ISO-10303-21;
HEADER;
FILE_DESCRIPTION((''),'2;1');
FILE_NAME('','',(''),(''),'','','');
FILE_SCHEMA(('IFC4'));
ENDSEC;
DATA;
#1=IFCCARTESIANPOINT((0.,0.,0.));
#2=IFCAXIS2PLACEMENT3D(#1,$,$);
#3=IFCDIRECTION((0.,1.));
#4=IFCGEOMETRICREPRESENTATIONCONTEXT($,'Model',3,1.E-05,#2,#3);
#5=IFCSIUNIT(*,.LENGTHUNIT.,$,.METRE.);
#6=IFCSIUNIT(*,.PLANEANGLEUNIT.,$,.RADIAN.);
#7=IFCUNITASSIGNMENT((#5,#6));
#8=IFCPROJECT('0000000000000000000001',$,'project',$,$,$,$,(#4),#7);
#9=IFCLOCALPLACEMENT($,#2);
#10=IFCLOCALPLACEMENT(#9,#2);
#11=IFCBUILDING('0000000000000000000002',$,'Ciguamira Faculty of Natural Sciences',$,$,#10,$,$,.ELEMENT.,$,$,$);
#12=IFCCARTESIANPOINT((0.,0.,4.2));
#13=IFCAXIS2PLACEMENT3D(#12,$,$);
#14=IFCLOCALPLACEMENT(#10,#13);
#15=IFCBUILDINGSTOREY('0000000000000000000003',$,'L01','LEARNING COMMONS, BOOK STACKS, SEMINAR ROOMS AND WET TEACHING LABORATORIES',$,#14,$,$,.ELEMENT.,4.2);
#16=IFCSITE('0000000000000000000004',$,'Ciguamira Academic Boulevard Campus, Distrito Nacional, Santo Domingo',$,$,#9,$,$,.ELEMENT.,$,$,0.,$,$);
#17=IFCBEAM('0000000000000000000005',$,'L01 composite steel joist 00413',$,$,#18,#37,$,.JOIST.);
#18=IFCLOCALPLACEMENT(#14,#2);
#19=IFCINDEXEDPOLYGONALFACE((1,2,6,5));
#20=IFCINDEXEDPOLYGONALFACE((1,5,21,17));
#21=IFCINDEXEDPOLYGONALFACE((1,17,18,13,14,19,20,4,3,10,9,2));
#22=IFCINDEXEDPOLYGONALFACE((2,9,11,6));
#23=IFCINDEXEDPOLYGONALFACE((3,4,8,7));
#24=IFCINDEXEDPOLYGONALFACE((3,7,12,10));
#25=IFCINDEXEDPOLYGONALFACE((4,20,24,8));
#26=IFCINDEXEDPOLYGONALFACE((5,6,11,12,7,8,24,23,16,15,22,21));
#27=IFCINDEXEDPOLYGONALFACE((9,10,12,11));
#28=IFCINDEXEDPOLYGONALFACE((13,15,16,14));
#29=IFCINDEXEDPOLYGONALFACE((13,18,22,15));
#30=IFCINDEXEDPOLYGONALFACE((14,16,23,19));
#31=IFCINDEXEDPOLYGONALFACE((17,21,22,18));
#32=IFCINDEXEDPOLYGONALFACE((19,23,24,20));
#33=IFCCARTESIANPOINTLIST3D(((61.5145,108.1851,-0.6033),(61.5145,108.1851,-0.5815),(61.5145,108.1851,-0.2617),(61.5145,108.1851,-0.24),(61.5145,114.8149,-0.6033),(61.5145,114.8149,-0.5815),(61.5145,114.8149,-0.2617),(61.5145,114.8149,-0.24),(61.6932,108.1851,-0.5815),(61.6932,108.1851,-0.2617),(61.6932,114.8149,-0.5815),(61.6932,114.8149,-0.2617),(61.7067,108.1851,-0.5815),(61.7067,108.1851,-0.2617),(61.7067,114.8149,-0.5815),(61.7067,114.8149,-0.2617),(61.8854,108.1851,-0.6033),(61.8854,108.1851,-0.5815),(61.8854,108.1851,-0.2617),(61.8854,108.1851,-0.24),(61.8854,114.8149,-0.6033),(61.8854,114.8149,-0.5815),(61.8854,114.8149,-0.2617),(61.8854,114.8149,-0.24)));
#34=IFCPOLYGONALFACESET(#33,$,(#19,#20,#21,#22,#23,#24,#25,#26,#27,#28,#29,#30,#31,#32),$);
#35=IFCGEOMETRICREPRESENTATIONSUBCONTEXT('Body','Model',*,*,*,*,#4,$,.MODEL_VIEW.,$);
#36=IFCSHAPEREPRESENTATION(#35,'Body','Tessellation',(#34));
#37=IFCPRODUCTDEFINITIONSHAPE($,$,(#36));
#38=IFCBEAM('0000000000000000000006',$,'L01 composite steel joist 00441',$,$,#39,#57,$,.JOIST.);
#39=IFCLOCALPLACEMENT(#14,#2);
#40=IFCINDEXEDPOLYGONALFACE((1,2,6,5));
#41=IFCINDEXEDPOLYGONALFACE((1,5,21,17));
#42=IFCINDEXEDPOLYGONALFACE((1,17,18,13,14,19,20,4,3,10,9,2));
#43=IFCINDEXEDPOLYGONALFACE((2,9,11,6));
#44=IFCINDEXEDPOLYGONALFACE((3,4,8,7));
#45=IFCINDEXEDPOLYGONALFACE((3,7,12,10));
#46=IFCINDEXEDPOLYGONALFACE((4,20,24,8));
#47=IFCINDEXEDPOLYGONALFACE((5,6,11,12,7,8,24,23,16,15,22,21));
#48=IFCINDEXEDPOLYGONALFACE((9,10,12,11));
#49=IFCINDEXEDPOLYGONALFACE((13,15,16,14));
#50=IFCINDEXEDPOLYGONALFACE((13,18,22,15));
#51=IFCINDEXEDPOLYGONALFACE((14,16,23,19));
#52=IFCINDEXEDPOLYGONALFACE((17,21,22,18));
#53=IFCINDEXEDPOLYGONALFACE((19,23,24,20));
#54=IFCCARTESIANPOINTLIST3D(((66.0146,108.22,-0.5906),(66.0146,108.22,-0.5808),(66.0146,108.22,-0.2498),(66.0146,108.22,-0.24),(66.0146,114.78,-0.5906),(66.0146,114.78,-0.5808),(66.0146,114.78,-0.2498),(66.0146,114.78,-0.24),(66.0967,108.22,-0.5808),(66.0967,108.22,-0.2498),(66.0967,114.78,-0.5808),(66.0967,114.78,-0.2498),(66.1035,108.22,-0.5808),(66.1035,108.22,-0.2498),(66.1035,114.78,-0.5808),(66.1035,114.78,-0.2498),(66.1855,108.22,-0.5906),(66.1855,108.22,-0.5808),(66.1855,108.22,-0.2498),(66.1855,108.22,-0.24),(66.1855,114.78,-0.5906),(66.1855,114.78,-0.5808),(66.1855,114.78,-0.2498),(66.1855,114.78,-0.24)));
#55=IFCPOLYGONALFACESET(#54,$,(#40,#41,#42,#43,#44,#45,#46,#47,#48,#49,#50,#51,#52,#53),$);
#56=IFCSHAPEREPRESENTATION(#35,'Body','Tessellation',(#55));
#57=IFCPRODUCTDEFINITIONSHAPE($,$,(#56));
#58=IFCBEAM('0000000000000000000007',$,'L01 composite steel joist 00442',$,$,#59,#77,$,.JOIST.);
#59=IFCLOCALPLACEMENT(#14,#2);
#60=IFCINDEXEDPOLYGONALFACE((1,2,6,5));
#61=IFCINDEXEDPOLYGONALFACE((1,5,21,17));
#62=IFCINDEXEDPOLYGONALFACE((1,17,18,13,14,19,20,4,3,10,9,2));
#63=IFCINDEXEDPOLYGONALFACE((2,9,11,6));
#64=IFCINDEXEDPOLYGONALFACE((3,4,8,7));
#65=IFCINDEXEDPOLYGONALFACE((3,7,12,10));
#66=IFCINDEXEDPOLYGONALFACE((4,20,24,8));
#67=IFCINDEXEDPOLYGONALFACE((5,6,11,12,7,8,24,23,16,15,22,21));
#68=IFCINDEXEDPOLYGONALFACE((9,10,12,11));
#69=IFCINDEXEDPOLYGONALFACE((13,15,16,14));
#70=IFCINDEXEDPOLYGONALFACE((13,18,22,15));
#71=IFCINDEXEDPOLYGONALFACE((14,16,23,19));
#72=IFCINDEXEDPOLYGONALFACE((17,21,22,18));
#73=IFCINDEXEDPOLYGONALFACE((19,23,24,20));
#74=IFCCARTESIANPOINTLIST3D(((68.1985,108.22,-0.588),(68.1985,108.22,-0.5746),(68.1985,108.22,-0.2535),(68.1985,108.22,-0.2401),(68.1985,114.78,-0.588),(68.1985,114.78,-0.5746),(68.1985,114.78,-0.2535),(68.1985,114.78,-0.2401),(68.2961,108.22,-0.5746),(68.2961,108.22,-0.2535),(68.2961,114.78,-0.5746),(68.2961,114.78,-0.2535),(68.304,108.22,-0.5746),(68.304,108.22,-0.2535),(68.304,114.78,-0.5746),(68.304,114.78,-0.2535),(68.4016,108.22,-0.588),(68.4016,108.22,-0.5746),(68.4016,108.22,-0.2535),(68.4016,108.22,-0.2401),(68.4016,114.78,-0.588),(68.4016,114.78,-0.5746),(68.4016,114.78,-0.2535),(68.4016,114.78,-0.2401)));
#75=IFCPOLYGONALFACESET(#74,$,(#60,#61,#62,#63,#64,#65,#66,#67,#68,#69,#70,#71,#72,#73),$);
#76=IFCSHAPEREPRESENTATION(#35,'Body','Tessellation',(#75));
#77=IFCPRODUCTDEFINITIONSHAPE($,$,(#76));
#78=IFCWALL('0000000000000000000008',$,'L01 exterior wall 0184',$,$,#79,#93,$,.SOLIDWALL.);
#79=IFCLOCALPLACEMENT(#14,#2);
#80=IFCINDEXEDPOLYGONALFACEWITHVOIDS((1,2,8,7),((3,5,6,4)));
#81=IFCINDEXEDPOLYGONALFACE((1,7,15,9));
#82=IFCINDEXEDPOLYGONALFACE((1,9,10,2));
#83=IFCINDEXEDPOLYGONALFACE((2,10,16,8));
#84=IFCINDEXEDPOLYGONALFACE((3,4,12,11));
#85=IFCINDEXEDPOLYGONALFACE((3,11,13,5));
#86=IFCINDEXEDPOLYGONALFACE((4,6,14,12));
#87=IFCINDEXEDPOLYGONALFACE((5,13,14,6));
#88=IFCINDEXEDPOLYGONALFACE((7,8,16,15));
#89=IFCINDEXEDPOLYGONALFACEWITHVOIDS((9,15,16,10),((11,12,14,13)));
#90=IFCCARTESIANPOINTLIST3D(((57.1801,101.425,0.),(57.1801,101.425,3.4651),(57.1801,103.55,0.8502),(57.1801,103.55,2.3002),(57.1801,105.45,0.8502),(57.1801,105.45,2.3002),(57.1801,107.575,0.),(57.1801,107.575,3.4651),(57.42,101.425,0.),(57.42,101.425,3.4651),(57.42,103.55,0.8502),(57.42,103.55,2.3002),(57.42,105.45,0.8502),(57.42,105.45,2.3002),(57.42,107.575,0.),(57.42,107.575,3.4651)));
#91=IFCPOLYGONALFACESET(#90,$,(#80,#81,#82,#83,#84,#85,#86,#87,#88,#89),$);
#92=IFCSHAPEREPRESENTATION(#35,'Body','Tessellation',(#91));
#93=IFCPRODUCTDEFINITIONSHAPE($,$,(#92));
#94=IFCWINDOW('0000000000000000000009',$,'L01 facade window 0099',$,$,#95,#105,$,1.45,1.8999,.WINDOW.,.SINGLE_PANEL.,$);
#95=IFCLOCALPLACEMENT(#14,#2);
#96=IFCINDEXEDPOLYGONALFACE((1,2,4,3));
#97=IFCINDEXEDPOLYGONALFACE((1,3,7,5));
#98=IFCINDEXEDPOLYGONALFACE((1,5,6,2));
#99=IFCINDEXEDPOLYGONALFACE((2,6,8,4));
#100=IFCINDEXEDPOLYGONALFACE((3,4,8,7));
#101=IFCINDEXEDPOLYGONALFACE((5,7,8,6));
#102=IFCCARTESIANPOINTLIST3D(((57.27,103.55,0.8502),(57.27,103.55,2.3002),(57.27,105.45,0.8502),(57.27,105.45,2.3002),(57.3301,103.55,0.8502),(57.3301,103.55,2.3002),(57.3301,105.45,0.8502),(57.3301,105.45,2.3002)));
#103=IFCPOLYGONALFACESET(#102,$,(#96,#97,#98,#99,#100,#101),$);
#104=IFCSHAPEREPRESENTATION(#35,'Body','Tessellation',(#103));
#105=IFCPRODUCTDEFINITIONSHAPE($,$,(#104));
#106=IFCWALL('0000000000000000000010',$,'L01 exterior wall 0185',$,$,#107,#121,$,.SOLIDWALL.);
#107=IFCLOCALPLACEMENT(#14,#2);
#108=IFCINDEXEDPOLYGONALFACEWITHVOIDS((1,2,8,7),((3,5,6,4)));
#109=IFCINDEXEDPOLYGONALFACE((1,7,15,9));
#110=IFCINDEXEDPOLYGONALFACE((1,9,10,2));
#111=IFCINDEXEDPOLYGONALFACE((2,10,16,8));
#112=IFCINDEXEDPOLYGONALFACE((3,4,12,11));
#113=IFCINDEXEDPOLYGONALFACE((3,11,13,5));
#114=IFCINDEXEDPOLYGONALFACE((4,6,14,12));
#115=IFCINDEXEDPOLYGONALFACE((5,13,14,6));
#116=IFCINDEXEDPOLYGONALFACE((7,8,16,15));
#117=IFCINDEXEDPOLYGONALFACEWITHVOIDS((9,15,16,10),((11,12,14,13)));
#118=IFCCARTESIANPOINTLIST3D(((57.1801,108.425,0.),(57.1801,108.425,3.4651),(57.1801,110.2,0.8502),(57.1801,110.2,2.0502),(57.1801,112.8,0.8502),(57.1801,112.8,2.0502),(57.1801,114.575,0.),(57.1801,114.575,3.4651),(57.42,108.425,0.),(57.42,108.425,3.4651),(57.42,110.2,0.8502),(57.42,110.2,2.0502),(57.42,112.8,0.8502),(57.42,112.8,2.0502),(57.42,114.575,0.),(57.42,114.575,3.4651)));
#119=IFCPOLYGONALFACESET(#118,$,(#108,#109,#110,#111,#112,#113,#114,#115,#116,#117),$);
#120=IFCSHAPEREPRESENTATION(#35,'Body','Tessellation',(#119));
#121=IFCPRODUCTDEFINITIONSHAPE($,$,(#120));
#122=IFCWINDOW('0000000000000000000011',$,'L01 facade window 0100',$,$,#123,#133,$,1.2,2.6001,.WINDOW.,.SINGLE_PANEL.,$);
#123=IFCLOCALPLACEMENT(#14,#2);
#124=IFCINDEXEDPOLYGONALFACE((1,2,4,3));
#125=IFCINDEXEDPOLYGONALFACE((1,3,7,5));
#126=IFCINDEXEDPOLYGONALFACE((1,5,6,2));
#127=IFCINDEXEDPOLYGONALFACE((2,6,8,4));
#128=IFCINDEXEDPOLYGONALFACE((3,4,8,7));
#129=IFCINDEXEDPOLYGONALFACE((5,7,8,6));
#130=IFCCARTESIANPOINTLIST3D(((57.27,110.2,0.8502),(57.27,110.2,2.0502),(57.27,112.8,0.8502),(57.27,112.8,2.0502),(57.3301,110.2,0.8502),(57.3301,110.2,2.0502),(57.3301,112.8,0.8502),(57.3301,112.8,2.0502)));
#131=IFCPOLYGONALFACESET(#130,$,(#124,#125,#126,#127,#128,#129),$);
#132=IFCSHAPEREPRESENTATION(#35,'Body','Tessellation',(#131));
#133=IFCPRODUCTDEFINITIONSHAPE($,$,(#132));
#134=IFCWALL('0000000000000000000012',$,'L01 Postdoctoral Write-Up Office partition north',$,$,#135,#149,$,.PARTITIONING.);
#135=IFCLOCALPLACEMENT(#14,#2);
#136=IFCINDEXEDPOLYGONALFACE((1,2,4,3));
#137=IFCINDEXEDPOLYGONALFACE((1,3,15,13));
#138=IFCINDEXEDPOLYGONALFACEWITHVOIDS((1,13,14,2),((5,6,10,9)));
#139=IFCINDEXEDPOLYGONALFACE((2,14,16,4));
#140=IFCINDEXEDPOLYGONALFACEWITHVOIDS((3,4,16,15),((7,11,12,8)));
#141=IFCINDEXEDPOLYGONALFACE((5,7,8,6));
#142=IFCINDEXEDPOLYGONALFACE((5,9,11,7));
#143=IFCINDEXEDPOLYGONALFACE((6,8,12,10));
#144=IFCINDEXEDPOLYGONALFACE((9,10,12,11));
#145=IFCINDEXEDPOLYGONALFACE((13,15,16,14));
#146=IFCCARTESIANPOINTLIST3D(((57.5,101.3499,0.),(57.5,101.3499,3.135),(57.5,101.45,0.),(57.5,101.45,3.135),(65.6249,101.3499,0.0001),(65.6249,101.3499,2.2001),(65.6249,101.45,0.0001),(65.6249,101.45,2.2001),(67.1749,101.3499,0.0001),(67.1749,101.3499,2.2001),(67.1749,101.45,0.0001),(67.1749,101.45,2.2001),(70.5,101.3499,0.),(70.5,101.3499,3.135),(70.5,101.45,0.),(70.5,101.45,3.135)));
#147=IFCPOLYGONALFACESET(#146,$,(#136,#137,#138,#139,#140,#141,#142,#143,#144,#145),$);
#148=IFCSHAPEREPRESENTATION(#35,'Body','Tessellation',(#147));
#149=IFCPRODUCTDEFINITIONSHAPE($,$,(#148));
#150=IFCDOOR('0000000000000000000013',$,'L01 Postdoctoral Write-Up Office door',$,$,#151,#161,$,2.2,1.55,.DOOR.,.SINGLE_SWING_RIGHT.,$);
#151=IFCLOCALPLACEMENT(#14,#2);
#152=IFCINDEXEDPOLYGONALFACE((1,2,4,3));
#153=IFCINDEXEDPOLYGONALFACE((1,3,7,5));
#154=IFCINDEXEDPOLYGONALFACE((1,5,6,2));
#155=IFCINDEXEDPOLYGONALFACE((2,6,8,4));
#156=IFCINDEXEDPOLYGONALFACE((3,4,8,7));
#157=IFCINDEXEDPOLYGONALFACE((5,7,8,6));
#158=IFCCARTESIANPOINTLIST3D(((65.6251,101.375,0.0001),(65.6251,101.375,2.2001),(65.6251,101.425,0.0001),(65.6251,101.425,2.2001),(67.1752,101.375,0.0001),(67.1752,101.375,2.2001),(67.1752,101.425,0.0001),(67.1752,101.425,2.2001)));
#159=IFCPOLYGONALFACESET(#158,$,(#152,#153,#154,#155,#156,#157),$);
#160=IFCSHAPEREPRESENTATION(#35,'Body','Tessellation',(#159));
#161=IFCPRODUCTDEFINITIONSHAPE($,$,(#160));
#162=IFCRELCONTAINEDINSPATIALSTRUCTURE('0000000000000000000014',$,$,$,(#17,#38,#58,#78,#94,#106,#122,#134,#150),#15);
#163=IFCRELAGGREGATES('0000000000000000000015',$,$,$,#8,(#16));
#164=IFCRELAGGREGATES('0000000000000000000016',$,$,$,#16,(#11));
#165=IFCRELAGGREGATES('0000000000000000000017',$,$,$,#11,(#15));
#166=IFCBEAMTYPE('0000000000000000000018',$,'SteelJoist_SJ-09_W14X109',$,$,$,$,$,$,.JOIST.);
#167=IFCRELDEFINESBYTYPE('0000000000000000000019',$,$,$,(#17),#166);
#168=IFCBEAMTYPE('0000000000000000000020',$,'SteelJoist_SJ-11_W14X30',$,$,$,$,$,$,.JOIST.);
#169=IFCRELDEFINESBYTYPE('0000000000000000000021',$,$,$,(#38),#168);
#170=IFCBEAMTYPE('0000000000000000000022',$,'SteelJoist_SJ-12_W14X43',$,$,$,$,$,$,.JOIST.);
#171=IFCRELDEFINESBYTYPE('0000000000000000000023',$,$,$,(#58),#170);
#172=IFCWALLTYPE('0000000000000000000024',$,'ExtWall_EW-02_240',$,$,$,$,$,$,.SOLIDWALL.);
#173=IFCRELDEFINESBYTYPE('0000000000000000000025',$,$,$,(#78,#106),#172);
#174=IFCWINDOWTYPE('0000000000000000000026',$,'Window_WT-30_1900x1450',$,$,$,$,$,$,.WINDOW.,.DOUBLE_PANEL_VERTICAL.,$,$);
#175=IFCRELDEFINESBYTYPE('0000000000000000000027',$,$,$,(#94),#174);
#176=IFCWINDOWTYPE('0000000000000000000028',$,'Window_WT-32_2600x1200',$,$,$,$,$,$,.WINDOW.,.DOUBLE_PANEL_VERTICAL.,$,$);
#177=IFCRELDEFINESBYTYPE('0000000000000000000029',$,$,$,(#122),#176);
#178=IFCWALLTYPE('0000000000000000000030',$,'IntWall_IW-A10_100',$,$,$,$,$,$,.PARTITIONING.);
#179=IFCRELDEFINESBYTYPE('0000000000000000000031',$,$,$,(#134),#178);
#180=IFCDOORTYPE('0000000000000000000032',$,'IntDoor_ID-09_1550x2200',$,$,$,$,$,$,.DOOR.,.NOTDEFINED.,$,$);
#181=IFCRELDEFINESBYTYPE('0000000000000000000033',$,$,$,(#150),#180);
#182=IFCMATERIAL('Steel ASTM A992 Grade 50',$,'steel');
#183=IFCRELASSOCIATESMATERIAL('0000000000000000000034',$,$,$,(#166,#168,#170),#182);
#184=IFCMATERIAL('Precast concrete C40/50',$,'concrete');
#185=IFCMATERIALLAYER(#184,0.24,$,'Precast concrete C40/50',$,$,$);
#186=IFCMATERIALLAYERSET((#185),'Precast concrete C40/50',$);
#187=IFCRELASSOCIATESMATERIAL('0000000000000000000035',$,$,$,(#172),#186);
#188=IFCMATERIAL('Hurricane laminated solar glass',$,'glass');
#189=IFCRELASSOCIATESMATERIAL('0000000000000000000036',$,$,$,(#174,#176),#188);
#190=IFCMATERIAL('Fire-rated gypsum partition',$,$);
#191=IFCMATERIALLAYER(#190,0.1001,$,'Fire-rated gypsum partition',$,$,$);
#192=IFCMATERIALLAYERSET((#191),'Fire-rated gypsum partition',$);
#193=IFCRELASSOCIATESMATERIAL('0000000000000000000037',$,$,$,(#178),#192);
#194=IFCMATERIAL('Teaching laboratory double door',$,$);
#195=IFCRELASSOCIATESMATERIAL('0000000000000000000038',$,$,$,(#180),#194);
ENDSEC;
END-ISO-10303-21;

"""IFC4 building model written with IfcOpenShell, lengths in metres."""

from ifc_helpers import new_model, si_unit, direction, frame, frame_2d, origin, origin_2d, place, context, subcontext, project, spatial, rectangle, i_section, extrude, material, layer, layer_set, material_profile, profile_set, type_object, element, fill, save


model = new_model("IFC4")

# Units and contexts
model_context = context("Model", 3, precision=1e-05, world=origin(), true_north=direction((0.0, 1.0)))
body_context = subcontext(model_context, "Body", "Model", "MODEL_VIEW")
ifc_project = project(units=[si_unit("LENGTHUNIT", "METRE"), si_unit("PLANEANGLEUNIT", "RADIAN")], contexts=[model_context])

# Site, building, storey
site_placement = place(None, origin())
site = spatial("IfcSite", under=ifc_project, at=site_placement, Name="Ciguamira Academic Boulevard Campus, Distrito Nacional, Santo Domingo", CompositionType="ELEMENT", RefElevation=0.0)
building_placement = place(site_placement, origin())
building = spatial("IfcBuilding", under=site, at=building_placement, Name="Ciguamira Faculty of Natural Sciences", CompositionType="ELEMENT")
storey_placement = place(building_placement, frame((0.0, 0.0, 4.2)))
storey = spatial("IfcBuildingStorey", under=building, at=storey_placement, Name="L01", Description="LEARNING COMMONS, BOOK STACKS, SEMINAR ROOMS AND WET TEACHING LABORATORIES", CompositionType="ELEMENT", Elevation=4.2)

# Beams
ifc_material_1 = material(Name="Precast concrete C40/50", Category="concrete")
ifc_material_2 = material(Name="Steel ASTM A992 Grade 50", Category="steel")
ifc_material_profile_1 = material_profile(ifc_material_2, i_section(OverallWidth=0.3708, OverallDepth=0.3633, WebThickness=0.0134, FlangeThickness=0.0217, at=origin_2d()), Name="W14X109")
ifc_profile_set_1 = profile_set([ifc_material_profile_1], Name="Steel ASTM A992 Grade 50")
beam_type_1 = type_object("IfcBeamType", Name="SteelJoist_SJ-09_W14X109", PredefinedType="JOIST", material=ifc_profile_set_1)
beam_1_placement = place(storey_placement, frame((61.7, 108.1851, -0.4216), z_axis=(0.0, 1.0, 0.0), x_axis=(-1.0, 0.0, 0.0)))
element("IfcBeam", 1, at=beam_1_placement, inside=storey, type_object=beam_type_1, Name="L01 composite steel joist 00413", PredefinedType="JOIST", context=body_context, shape_type="SweptSolid", body=[
    extrude(i_section(OverallWidth=0.3708, OverallDepth=0.3633, WebThickness=0.0134, FlangeThickness=0.0217, at=origin_2d()), origin(), (0.0, 0.0, 1.0), 6.6299),
])
ifc_material_profile_2 = material_profile(ifc_material_2, i_section(OverallWidth=0.1709, OverallDepth=0.3506, WebThickness=0.0068, FlangeThickness=0.0098, at=origin_2d()), Name="W14X30")
ifc_profile_set_2 = profile_set([ifc_material_profile_2], Name="Steel ASTM A992 Grade 50")
beam_type_2 = type_object("IfcBeamType", Name="SteelJoist_SJ-11_W14X30", PredefinedType="JOIST", material=ifc_profile_set_2)
beam_2_placement = place(storey_placement, frame((66.1001, 108.22, -0.4153), z_axis=(0.0, 1.0, 0.0), x_axis=(-1.0, 0.0, 0.0)))
element("IfcBeam", 2, at=beam_2_placement, inside=storey, type_object=beam_type_2, Name="L01 composite steel joist 00441", PredefinedType="JOIST", context=body_context, shape_type="SweptSolid", body=[
    extrude(i_section(OverallWidth=0.1709, OverallDepth=0.3506, WebThickness=0.0068, FlangeThickness=0.0098, at=origin_2d()), origin(), (0.0, 0.0, 1.0), 6.5601),
])
ifc_material_profile_3 = material_profile(ifc_material_2, i_section(OverallWidth=0.2031, OverallDepth=0.3479, WebThickness=0.0078, FlangeThickness=0.0134, at=origin_2d()), Name="W14X43")
ifc_profile_set_3 = profile_set([ifc_material_profile_3], Name="Steel ASTM A992 Grade 50")
beam_type_3 = type_object("IfcBeamType", Name="SteelJoist_SJ-12_W14X43", PredefinedType="JOIST", material=ifc_profile_set_3)
beam_3_placement = place(storey_placement, frame((68.3, 108.22, -0.4141), z_axis=(0.0, 1.0, 0.0), x_axis=(-1.0, 0.0, 0.0)))
element("IfcBeam", 3, at=beam_3_placement, inside=storey, type_object=beam_type_3, Name="L01 composite steel joist 00442", PredefinedType="JOIST", context=body_context, shape_type="SweptSolid", body=[
    extrude(i_section(OverallWidth=0.2031, OverallDepth=0.3479, WebThickness=0.0078, FlangeThickness=0.0134, at=origin_2d()), origin(), (0.0, 0.0, 1.0), 6.5601),
])

# Walls, openings, windows
ifc_layer_1 = layer(ifc_material_1, 0.24, Name="Precast concrete C40/50")
ifc_layer_set_1 = layer_set([ifc_layer_1], Name="Precast concrete C40/50")
wall_type_1 = type_object("IfcWallType", Name="ExtWall_EW-02_240", PredefinedType="SOLIDWALL", material=ifc_layer_set_1)
wall_1_placement = place(storey_placement, frame((57.3, 101.425, 0.0), z_axis=(0.0, 0.0, 1.0), x_axis=(0.0, 1.0, 0.0)))
wall_1 = element("IfcWall", 4, at=wall_1_placement, inside=storey, type_object=wall_type_1, Name="L01 exterior wall 0184", PredefinedType="SOLIDWALL", context=body_context, shape_type="SweptSolid", body=[
    extrude(rectangle(XDim=6.1499, YDim=0.24, at=frame_2d((3.075, 0.0))), origin(), (0.0, 0.0, 1.0), 3.4651),
])
opening_1_placement = place(wall_1_placement, frame((2.125, 0.0, 0.8501)))
opening_1 = element("IfcOpeningElement", 5, at=opening_1_placement, cuts=wall_1, PredefinedType="OPENING", context=body_context, shape_type="SweptSolid", body=[
    extrude(rectangle(XDim=1.8999, YDim=1.45, at=frame_2d((0.95, 0.7251))), frame((0.0, 0.1299, 0.0), z_axis=(0.0, -1.0, 0.0), x_axis=(1.0, 0.0, 0.0)), (0.0, 0.0, 1.0), 0.26),
])
ifc_material_3 = material(Name="Hurricane laminated solar glass", Category="glass")
window_type_1 = type_object("IfcWindowType", Name="Window_WT-30_1900x1450", PartitioningType="DOUBLE_PANEL_VERTICAL", PredefinedType="WINDOW", material=ifc_material_3)
window_1_placement = place(opening_1_placement, origin())
window_1 = element("IfcWindow", 6, at=window_1_placement, inside=storey, type_object=window_type_1, Name="L01 facade window 0099", OverallHeight=1.45, OverallWidth=1.8999, PartitioningType="SINGLE_PANEL", PredefinedType="WINDOW", context=body_context, shape_type="SweptSolid", body=[
    extrude(rectangle(XDim=1.8999, YDim=1.45, at=frame_2d((0.95, 0.7251))), frame((0.0, 0.03, 0.0), z_axis=(0.0, -1.0, 0.0), x_axis=(1.0, 0.0, 0.0)), (0.0, 0.0, 1.0), 0.0601),
])
fill(opening_1, window_1)
wall_2_placement = place(storey_placement, frame((57.3, 108.425, 0.0), z_axis=(0.0, 0.0, 1.0), x_axis=(0.0, 1.0, 0.0)))
wall_2 = element("IfcWall", 7, at=wall_2_placement, inside=storey, type_object=wall_type_1, Name="L01 exterior wall 0185", PredefinedType="SOLIDWALL", context=body_context, shape_type="SweptSolid", body=[
    extrude(rectangle(XDim=6.1499, YDim=0.24, at=frame_2d((3.075, 0.0))), origin(), (0.0, 0.0, 1.0), 3.4651),
])
opening_2_placement = place(wall_2_placement, frame((1.7749, 0.0, 0.8501)))
opening_2 = element("IfcOpeningElement", 8, at=opening_2_placement, cuts=wall_2, PredefinedType="OPENING", context=body_context, shape_type="SweptSolid", body=[
    extrude(rectangle(XDim=2.6001, YDim=1.2, at=frame_2d((1.3, 0.6001))), frame((0.0, 0.1299, 0.0), z_axis=(0.0, -1.0, 0.0), x_axis=(1.0, 0.0, 0.0)), (0.0, 0.0, 1.0), 0.26),
])
window_type_2 = type_object("IfcWindowType", Name="Window_WT-32_2600x1200", PartitioningType="DOUBLE_PANEL_VERTICAL", PredefinedType="WINDOW", material=ifc_material_3)
window_2_placement = place(opening_2_placement, origin())
window_2 = element("IfcWindow", 9, at=window_2_placement, inside=storey, type_object=window_type_2, Name="L01 facade window 0100", OverallHeight=1.2, OverallWidth=2.6001, PartitioningType="SINGLE_PANEL", PredefinedType="WINDOW", context=body_context, shape_type="SweptSolid", body=[
    extrude(rectangle(XDim=2.6001, YDim=1.2, at=frame_2d((1.3, 0.6001))), frame((0.0, 0.03, 0.0), z_axis=(0.0, -1.0, 0.0), x_axis=(1.0, 0.0, 0.0)), (0.0, 0.0, 1.0), 0.0601),
])
fill(opening_2, window_2)

# Wall, opening, door
ifc_material_4 = material(Name="Fire-rated gypsum partition")
ifc_layer_2 = layer(ifc_material_4, 0.1001, Name="Fire-rated gypsum partition")
ifc_layer_set_2 = layer_set([ifc_layer_2], Name="Fire-rated gypsum partition")
wall_type_2 = type_object("IfcWallType", Name="IntWall_IW-A10_100", PredefinedType="PARTITIONING", material=ifc_layer_set_2)
wall_3_placement = place(storey_placement, frame((57.5, 101.3999, 0.0), z_axis=(0.0, 0.0, 1.0), x_axis=(1.0, 0.0, 0.0)))
wall_3 = element("IfcWall", 10, at=wall_3_placement, inside=storey, type_object=wall_type_2, Name="L01 Postdoctoral Write-Up Office partition north", PredefinedType="PARTITIONING", context=body_context, shape_type="SweptSolid", body=[
    extrude(rectangle(XDim=13.0, YDim=0.1001, at=frame_2d((6.5, 0.0))), origin(), (0.0, 0.0, 1.0), 3.135),
])
opening_3_placement = place(wall_3_placement, frame((8.125, 0.0, 0.0)))
opening_3 = element("IfcOpeningElement", 11, at=opening_3_placement, cuts=wall_3, PredefinedType="OPENING", context=body_context, shape_type="SweptSolid", body=[
    extrude(rectangle(XDim=1.55, YDim=2.2, at=frame_2d((0.7749, 1.1001))), frame((0.0, 0.0601, 0.0), z_axis=(0.0, -1.0, 0.0), x_axis=(1.0, 0.0, 0.0)), (0.0, 0.0, 1.0), 0.1201),
])
ifc_material_5 = material(Name="Teaching laboratory double door")
door_type_1 = type_object("IfcDoorType", Name="IntDoor_ID-09_1550x2200", OperationType="NOTDEFINED", PredefinedType="DOOR", material=ifc_material_5)
door_1_placement = place(opening_3_placement, frame((1.55, 0.0, 0.0), z_axis=(0.0, 0.0, 1.0), x_axis=(-1.0, 0.0, 0.0)))
door_1 = element("IfcDoor", 12, at=door_1_placement, inside=storey, type_object=door_type_1, Name="L01 Postdoctoral Write-Up Office door", OperationType="SINGLE_SWING_RIGHT", OverallHeight=2.2, OverallWidth=1.55, PredefinedType="DOOR", context=body_context, shape_type="SweptSolid", body=[
    extrude(rectangle(XDim=1.55, YDim=2.2, at=frame_2d((0.7749, 1.1001))), frame((0.0, 0.0249, 0.0), z_axis=(0.0, -1.0, 0.0), x_axis=(1.0, 0.0, 0.0)), (0.0, 0.0, 1.0), 0.05),
])
fill(opening_3, door_1)

save(model, "model.ifc")
